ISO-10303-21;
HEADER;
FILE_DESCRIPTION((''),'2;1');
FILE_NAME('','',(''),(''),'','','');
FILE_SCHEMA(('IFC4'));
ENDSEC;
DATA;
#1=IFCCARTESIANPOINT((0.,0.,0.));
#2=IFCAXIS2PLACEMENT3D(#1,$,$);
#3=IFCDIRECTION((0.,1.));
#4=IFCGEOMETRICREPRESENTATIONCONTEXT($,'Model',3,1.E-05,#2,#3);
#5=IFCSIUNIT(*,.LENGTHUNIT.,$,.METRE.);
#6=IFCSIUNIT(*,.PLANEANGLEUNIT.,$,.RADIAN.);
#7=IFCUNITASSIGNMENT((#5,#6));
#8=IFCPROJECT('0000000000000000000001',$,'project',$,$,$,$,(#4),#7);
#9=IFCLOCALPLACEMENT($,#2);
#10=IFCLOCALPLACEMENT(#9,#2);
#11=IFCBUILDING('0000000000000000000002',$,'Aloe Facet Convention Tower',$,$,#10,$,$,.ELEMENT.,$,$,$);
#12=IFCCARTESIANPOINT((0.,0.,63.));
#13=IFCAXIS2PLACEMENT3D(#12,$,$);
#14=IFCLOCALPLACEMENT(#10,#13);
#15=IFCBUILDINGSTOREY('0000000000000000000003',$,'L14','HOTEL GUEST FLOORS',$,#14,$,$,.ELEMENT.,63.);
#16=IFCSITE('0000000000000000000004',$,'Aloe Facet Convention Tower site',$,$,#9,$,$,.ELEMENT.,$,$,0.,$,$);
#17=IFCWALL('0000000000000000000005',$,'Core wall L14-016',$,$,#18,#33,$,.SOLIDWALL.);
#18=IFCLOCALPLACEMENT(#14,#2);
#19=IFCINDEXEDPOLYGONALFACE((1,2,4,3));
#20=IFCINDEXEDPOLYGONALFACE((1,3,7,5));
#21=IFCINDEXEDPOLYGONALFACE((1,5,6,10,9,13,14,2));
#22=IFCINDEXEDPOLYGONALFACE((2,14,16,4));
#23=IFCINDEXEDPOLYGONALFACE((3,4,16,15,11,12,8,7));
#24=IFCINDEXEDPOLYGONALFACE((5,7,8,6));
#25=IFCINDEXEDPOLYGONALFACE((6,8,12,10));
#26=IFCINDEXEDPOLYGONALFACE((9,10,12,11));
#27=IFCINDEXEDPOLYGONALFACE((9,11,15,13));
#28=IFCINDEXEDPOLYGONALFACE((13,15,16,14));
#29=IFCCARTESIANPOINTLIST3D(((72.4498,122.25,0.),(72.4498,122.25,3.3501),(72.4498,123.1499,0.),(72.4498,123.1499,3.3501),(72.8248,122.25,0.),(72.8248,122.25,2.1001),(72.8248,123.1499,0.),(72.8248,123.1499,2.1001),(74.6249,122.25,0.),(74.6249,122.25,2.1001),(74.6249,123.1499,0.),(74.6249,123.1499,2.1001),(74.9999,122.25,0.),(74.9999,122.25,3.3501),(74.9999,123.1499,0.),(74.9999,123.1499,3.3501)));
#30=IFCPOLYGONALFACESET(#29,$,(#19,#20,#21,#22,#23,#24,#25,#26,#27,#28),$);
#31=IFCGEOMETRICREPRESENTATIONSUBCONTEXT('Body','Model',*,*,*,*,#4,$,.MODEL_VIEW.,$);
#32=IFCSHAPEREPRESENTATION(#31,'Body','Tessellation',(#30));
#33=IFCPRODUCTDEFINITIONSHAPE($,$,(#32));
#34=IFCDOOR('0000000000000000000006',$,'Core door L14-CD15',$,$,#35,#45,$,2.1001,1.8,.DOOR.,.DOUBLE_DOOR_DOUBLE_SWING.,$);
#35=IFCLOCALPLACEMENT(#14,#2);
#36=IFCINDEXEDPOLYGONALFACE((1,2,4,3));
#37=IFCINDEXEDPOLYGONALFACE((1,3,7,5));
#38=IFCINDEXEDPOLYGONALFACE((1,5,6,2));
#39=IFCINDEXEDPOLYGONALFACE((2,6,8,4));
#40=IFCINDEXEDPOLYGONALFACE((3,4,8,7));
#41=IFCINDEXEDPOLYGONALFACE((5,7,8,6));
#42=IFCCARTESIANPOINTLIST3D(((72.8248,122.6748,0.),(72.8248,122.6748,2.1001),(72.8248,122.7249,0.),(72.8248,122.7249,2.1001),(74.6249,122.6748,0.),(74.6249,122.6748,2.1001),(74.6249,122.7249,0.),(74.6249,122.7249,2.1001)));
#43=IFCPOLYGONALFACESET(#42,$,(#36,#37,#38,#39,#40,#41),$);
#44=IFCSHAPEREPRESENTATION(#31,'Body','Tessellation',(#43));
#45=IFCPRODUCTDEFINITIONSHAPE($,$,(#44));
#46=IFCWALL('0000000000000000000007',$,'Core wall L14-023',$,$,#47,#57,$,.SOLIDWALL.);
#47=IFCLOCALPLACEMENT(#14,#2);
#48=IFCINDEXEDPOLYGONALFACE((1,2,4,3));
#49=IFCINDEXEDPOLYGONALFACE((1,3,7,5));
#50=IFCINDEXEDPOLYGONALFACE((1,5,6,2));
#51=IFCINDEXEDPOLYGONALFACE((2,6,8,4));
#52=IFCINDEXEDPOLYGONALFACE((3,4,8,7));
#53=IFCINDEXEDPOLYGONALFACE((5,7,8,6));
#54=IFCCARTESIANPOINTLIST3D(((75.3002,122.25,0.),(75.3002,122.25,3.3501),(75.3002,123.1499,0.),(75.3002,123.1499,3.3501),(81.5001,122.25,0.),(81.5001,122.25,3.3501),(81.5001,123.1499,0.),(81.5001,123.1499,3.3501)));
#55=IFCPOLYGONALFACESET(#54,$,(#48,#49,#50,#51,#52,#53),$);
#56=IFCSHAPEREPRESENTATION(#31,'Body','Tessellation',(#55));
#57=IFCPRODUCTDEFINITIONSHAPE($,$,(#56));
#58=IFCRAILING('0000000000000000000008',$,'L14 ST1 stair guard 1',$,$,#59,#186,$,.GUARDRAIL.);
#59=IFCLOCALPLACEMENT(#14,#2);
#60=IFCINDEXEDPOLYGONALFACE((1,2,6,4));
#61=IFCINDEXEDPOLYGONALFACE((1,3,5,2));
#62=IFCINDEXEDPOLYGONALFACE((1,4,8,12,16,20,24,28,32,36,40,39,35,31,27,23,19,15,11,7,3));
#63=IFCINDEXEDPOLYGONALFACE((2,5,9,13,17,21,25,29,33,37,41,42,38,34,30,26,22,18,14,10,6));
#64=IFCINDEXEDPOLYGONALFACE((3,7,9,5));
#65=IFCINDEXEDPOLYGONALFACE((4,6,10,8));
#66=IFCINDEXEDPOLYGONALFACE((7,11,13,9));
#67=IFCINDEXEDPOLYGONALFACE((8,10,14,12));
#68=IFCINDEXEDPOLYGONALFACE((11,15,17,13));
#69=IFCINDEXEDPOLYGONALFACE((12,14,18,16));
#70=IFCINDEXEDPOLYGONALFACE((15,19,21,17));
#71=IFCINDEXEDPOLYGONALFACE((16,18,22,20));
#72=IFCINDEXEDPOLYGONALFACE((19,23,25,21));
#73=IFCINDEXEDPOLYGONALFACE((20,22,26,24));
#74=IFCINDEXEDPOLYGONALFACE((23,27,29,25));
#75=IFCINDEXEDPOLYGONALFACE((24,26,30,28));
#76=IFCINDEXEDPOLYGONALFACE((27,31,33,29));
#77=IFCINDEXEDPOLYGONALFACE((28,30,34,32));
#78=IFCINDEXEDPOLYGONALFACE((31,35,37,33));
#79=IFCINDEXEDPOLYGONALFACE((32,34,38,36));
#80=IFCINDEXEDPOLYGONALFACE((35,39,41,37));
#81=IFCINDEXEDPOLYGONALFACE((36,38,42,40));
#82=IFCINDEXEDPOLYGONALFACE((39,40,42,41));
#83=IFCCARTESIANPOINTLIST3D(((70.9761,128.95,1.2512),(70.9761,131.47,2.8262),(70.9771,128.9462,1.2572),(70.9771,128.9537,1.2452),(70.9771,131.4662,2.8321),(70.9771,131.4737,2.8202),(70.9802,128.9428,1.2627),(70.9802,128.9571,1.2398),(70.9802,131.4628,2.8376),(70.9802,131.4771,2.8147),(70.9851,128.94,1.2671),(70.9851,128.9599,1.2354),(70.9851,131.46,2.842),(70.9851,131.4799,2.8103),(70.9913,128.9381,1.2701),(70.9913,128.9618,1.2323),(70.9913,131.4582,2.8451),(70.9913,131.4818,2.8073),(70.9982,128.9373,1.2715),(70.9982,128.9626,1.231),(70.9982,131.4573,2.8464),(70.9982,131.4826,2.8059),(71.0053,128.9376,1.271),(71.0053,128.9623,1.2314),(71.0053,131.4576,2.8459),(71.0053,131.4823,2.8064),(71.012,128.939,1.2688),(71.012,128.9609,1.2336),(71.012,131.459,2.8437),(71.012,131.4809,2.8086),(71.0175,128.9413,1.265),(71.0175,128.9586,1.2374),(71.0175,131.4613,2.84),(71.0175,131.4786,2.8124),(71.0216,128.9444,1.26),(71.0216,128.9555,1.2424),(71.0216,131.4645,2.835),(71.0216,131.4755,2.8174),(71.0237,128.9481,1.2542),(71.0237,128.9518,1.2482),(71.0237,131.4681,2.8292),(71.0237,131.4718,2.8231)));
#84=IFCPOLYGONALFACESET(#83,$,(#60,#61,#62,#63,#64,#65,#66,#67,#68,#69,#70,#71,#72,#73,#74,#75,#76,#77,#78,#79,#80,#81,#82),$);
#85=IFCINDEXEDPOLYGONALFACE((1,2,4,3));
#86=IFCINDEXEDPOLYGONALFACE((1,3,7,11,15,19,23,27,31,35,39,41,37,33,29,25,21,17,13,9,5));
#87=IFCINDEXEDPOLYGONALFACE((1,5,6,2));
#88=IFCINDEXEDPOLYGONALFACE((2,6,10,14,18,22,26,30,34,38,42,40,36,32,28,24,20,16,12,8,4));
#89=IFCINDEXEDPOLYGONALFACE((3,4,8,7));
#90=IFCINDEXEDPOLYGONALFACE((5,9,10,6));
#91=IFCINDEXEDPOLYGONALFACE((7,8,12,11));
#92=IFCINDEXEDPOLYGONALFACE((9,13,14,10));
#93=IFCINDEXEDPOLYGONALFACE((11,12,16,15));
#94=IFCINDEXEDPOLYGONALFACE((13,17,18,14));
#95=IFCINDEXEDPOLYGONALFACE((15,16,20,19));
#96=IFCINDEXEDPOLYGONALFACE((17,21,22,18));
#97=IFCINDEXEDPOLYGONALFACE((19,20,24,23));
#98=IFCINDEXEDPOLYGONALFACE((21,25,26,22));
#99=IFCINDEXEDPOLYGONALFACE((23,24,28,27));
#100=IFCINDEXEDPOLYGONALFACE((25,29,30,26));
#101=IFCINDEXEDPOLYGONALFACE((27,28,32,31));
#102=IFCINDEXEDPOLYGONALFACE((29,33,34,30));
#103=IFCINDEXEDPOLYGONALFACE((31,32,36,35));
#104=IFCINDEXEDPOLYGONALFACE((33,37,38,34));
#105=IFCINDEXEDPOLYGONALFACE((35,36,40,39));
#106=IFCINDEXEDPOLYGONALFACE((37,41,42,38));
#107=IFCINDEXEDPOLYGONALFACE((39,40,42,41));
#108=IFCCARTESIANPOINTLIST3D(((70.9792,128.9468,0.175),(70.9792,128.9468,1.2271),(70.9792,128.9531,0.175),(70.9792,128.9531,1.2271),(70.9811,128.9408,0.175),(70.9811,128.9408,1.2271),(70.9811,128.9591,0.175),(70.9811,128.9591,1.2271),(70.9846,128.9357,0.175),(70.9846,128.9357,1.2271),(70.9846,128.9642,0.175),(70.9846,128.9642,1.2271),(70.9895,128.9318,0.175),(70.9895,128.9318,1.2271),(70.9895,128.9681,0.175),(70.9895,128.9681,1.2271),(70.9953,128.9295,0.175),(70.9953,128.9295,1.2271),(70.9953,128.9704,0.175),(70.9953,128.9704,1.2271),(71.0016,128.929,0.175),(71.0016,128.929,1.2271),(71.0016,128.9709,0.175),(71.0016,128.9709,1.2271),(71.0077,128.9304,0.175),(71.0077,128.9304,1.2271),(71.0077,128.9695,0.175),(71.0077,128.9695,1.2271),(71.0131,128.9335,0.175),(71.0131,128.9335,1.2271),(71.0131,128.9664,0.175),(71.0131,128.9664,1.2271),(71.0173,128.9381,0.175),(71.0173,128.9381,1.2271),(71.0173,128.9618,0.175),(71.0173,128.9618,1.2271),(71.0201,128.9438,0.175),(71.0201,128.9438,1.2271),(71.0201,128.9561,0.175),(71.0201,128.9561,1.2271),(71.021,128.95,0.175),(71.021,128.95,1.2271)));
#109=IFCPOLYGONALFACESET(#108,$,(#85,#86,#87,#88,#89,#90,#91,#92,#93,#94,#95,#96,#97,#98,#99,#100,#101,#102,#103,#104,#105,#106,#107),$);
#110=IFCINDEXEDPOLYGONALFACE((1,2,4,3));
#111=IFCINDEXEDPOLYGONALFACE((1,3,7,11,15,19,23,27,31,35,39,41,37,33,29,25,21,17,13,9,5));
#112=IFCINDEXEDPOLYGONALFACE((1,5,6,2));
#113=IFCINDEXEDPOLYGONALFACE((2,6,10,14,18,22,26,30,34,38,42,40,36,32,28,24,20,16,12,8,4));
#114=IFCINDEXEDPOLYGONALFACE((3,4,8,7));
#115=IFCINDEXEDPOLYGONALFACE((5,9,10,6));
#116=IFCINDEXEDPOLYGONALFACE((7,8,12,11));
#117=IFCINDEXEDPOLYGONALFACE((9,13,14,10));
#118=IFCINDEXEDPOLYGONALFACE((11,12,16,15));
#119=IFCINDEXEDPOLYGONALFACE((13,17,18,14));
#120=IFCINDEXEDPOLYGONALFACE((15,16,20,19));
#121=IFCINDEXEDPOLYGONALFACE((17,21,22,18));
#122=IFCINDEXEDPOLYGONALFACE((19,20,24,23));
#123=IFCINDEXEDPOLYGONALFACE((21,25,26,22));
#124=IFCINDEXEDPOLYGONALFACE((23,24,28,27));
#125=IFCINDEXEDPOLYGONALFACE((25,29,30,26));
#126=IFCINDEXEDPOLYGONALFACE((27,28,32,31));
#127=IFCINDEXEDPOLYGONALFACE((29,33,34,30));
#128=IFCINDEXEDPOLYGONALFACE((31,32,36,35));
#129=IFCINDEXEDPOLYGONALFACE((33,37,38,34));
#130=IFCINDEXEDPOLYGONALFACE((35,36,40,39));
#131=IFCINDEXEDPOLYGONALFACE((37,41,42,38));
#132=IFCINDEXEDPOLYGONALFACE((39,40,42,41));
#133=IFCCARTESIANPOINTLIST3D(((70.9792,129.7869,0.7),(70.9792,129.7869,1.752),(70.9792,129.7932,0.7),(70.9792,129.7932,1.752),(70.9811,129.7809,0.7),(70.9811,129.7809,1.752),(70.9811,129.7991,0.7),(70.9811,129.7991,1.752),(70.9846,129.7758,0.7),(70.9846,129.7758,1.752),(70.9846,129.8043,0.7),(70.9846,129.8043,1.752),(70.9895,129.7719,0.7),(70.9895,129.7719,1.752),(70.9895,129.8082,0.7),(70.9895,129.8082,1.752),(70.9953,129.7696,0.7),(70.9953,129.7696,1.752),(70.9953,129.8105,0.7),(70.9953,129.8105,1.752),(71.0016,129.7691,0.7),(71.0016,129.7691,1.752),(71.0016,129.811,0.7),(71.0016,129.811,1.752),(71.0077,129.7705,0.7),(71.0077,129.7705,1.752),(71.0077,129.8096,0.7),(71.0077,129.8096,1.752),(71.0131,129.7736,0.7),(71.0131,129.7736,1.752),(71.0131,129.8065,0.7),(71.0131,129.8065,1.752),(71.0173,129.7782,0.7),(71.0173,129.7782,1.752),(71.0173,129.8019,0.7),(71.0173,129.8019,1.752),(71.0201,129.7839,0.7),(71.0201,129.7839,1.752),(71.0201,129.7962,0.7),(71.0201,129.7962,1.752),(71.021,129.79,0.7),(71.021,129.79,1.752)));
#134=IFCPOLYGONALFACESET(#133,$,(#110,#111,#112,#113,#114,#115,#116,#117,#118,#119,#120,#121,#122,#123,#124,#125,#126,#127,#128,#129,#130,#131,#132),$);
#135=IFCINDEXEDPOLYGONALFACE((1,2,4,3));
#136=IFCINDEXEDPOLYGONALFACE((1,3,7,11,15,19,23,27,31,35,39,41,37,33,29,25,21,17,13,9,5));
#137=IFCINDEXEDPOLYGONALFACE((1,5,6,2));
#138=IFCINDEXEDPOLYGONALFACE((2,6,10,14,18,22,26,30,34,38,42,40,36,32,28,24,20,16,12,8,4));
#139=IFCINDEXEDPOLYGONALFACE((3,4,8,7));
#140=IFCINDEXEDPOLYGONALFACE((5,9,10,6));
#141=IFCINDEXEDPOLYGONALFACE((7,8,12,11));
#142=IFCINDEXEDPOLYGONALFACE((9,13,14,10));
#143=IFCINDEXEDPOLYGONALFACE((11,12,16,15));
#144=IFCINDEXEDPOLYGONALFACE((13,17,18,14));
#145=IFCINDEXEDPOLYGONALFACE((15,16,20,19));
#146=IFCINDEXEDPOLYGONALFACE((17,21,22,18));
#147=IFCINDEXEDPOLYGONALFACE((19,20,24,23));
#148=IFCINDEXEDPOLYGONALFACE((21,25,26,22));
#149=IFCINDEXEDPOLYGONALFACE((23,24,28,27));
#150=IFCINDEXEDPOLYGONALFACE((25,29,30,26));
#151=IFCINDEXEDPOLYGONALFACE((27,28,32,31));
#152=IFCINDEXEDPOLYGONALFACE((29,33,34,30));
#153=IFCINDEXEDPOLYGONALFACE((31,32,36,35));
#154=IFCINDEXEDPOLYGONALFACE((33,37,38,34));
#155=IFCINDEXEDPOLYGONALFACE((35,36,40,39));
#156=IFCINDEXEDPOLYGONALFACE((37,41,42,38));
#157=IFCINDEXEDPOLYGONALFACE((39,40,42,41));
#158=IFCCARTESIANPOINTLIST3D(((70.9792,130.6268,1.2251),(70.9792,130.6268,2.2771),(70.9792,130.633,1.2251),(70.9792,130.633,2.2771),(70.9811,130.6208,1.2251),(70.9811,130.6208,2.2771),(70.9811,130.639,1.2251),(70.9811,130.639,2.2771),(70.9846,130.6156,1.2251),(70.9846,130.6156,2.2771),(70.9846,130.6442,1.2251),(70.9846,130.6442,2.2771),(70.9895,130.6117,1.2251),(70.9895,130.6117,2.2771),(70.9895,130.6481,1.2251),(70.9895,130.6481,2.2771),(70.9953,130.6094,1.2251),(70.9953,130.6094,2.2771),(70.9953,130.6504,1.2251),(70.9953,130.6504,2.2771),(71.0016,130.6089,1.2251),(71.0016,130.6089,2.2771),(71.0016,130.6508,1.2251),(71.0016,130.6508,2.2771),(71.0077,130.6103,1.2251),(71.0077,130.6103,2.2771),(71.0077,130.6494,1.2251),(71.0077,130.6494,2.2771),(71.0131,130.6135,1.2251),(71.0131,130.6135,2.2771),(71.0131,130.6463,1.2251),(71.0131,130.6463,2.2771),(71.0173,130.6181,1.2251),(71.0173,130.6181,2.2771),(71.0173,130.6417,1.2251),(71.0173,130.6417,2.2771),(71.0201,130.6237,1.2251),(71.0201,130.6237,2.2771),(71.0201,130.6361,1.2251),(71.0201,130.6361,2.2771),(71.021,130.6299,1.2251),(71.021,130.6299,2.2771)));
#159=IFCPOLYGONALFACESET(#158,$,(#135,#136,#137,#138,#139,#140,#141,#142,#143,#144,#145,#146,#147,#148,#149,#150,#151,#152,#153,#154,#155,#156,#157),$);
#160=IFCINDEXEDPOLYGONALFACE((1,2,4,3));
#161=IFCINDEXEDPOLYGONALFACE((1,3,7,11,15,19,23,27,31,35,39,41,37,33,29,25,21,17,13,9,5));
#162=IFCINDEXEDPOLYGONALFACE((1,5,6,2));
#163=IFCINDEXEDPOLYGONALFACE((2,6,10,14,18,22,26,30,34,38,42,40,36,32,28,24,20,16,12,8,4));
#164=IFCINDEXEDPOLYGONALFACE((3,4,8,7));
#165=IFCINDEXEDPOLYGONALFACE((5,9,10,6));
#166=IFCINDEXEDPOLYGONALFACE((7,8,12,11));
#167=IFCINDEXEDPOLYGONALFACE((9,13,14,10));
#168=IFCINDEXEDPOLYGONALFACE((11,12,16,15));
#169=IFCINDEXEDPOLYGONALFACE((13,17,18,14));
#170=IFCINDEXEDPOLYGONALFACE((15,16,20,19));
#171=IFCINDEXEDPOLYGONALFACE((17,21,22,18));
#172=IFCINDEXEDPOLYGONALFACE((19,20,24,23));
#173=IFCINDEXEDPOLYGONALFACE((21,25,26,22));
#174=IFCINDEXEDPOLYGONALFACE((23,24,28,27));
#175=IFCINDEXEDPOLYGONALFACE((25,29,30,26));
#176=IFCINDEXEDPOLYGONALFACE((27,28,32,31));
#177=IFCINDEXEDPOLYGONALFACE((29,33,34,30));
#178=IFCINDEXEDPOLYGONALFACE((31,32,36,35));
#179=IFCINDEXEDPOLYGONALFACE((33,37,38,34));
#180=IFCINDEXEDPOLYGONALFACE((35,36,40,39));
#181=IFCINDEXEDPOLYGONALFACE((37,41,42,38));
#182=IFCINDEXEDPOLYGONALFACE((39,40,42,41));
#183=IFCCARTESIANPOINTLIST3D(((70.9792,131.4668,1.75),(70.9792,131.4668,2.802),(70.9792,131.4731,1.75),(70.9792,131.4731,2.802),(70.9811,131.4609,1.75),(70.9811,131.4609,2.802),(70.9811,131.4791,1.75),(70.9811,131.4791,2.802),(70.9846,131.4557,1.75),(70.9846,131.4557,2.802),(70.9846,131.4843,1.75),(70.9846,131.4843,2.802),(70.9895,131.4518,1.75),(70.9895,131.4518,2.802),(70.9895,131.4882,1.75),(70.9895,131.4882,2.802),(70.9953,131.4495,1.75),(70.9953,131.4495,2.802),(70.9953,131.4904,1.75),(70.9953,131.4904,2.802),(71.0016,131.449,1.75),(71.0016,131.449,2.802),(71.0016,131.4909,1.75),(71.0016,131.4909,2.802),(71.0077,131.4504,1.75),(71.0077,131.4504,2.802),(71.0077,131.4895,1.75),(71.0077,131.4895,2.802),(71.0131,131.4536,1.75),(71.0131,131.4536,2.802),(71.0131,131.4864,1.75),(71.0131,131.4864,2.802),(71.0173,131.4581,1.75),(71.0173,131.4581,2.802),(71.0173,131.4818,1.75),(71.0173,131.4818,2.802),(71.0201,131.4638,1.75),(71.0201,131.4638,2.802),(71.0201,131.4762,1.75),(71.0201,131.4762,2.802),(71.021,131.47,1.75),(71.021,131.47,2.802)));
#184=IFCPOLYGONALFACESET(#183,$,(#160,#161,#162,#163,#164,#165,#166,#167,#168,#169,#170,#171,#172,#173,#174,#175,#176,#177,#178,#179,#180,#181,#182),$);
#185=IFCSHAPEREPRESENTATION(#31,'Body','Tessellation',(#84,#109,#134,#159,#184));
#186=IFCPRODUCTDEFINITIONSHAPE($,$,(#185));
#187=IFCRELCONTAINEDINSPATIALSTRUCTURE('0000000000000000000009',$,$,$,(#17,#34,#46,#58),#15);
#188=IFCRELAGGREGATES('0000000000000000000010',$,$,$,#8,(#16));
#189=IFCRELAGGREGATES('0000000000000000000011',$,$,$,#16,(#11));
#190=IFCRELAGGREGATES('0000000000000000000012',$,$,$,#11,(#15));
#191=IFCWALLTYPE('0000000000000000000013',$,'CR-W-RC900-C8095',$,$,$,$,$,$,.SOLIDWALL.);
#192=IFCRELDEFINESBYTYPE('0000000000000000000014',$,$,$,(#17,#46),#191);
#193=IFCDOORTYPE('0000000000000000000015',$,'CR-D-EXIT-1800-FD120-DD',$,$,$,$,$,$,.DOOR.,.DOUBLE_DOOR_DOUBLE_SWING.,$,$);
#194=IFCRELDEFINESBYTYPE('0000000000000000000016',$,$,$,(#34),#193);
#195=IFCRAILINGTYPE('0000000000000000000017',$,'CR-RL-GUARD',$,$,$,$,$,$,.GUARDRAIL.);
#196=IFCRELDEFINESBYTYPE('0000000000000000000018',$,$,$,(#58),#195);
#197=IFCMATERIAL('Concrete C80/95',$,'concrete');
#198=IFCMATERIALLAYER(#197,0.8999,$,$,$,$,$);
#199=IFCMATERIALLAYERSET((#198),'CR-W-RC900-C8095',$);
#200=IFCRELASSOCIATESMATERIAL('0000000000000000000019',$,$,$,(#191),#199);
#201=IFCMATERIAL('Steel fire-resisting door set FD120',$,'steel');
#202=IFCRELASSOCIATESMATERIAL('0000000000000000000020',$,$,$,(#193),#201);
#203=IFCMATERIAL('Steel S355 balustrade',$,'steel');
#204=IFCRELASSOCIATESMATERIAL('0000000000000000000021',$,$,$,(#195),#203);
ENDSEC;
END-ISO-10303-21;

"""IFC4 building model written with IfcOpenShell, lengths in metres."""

from ifc_helpers import new_model, si_unit, direction, frame, frame_2d, origin, origin_2d, place, context, subcontext, project, spatial, rectangle, circle, extrude, material, layer, layer_set, type_object, element, fill, save


model = new_model("IFC4")

# Units and contexts
model_context = context("Model", 3, precision=1e-05, world=origin(), true_north=direction((0.0, 1.0)))
body_context = subcontext(model_context, "Body", "Model", "MODEL_VIEW")
ifc_project = project(units=[si_unit("LENGTHUNIT", "METRE"), si_unit("PLANEANGLEUNIT", "RADIAN")], contexts=[model_context])

# Site, building, storey
site_placement = place(None, origin())
site = spatial("IfcSite", under=ifc_project, at=site_placement, Name="Aloe Facet Convention Tower site", CompositionType="ELEMENT", RefElevation=0.0)
building_placement = place(site_placement, origin())
building = spatial("IfcBuilding", under=site, at=building_placement, Name="Aloe Facet Convention Tower", CompositionType="ELEMENT")
storey_placement = place(building_placement, frame((0.0, 0.0, 63.0)))
storey = spatial("IfcBuildingStorey", under=building, at=storey_placement, Name="L14", Description="HOTEL GUEST FLOORS", CompositionType="ELEMENT", Elevation=63.0)

# Shared definitions
ifc_material_1 = material(Name="Concrete C80/95", Category="concrete")
ifc_layer_1 = layer(ifc_material_1, 0.8999)
ifc_layer_set_1 = layer_set([ifc_layer_1], Name="CR-W-RC900-C8095")
wall_type_1 = type_object("IfcWallType", Name="CR-W-RC900-C8095", PredefinedType="SOLIDWALL", material=ifc_layer_set_1)

# Wall, opening, door
wall_1_placement = place(storey_placement, frame((72.45, 122.7, 0.0), z_axis=(0.0, 0.0, 1.0), x_axis=(1.0, 0.0, 0.0)))
wall_1 = element("IfcWall", 1, at=wall_1_placement, inside=storey, type_object=wall_type_1, Name="Core wall L14-016", PredefinedType="SOLIDWALL", context=body_context, shape_type="SweptSolid", body=[
    extrude(rectangle(XDim=2.55, YDim=0.8999, at=frame_2d((1.2749, 0.0))), origin(), (0.0, 0.0, 1.0), 3.3501),
])
opening_placement = place(wall_1_placement, frame((0.375, 0.0, 0.0)))
opening = element("IfcOpeningElement", 2, at=opening_placement, cuts=wall_1, PredefinedType="OPENING", context=body_context, shape_type="SweptSolid", body=[
    extrude(rectangle(XDim=1.8, YDim=2.1001, at=frame_2d((0.8999, 1.05))), frame((0.0, 0.46, 0.0), z_axis=(0.0, -1.0, 0.0), x_axis=(1.0, 0.0, 0.0)), (0.0, 0.0, 1.0), 0.9199),
])
ifc_material_2 = material(Name="Steel fire-resisting door set FD120", Category="steel")
door_type = type_object("IfcDoorType", Name="CR-D-EXIT-1800-FD120-DD", OperationType="DOUBLE_DOOR_DOUBLE_SWING", PredefinedType="DOOR", material=ifc_material_2)
door_placement = place(opening_placement, origin())
door = element("IfcDoor", 3, at=door_placement, inside=storey, type_object=door_type, Name="Core door L14-CD15", OperationType="DOUBLE_DOOR_DOUBLE_SWING", OverallHeight=2.1001, OverallWidth=1.8, PredefinedType="DOOR", context=body_context, shape_type="SweptSolid", body=[
    extrude(rectangle(XDim=1.8, YDim=2.1001, at=frame_2d((0.8999, 1.05))), frame((0.0, 0.0249, 0.0), z_axis=(0.0, -1.0, 0.0), x_axis=(1.0, 0.0, 0.0)), (0.0, 0.0, 1.0), 0.05),
])
fill(opening, door)

# Wall
wall_2_placement = place(storey_placement, frame((75.3, 122.7, 0.0), z_axis=(0.0, 0.0, 1.0), x_axis=(1.0, 0.0, 0.0)))
element("IfcWall", 4, at=wall_2_placement, inside=storey, type_object=wall_type_1, Name="Core wall L14-023", PredefinedType="SOLIDWALL", context=body_context, shape_type="SweptSolid", body=[
    extrude(rectangle(XDim=6.2, YDim=0.8999, at=frame_2d((3.1001, 0.0))), origin(), (0.0, 0.0, 1.0), 3.3501),
])

# Railing
ifc_material_3 = material(Name="Steel S355 balustrade", Category="steel")
railing_type_1 = type_object("IfcRailingType", Name="CR-RL-GUARD", PredefinedType="GUARDRAIL", material=ifc_material_3)
railing_1_placement = place(storey_placement, frame((71.0, 128.95, 0.175)))
element("IfcRailing", 5, at=railing_1_placement, inside=storey, type_object=railing_type_1, Name="L14 ST1 stair guard 1", PredefinedType="GUARDRAIL", context=body_context, shape_type="SweptSolid", body=[
    extrude(circle(Radius=0.0239, at=origin_2d()), frame((0.0, 0.0, 1.0762), z_axis=(0.0, 0.848008, 0.529984), x_axis=(-1.0, 0.0, 0.0)), (0.0, 0.0, 1.0), 2.9717),
    extrude(circle(Radius=0.021, at=origin_2d()), origin(), (0.0, 0.0, 1.0), 1.052),
    extrude(circle(Radius=0.021, at=origin_2d()), frame((0.0, 0.8401, 0.5249)), (0.0, 0.0, 1.0), 1.052),
    extrude(circle(Radius=0.021, at=origin_2d()), frame((0.0, 1.6799, 1.05)), (0.0, 0.0, 1.0), 1.052),
    extrude(circle(Radius=0.021, at=origin_2d()), frame((0.0, 2.52, 1.575)), (0.0, 0.0, 1.0), 1.052),
])

save(model, "model.ifc")
